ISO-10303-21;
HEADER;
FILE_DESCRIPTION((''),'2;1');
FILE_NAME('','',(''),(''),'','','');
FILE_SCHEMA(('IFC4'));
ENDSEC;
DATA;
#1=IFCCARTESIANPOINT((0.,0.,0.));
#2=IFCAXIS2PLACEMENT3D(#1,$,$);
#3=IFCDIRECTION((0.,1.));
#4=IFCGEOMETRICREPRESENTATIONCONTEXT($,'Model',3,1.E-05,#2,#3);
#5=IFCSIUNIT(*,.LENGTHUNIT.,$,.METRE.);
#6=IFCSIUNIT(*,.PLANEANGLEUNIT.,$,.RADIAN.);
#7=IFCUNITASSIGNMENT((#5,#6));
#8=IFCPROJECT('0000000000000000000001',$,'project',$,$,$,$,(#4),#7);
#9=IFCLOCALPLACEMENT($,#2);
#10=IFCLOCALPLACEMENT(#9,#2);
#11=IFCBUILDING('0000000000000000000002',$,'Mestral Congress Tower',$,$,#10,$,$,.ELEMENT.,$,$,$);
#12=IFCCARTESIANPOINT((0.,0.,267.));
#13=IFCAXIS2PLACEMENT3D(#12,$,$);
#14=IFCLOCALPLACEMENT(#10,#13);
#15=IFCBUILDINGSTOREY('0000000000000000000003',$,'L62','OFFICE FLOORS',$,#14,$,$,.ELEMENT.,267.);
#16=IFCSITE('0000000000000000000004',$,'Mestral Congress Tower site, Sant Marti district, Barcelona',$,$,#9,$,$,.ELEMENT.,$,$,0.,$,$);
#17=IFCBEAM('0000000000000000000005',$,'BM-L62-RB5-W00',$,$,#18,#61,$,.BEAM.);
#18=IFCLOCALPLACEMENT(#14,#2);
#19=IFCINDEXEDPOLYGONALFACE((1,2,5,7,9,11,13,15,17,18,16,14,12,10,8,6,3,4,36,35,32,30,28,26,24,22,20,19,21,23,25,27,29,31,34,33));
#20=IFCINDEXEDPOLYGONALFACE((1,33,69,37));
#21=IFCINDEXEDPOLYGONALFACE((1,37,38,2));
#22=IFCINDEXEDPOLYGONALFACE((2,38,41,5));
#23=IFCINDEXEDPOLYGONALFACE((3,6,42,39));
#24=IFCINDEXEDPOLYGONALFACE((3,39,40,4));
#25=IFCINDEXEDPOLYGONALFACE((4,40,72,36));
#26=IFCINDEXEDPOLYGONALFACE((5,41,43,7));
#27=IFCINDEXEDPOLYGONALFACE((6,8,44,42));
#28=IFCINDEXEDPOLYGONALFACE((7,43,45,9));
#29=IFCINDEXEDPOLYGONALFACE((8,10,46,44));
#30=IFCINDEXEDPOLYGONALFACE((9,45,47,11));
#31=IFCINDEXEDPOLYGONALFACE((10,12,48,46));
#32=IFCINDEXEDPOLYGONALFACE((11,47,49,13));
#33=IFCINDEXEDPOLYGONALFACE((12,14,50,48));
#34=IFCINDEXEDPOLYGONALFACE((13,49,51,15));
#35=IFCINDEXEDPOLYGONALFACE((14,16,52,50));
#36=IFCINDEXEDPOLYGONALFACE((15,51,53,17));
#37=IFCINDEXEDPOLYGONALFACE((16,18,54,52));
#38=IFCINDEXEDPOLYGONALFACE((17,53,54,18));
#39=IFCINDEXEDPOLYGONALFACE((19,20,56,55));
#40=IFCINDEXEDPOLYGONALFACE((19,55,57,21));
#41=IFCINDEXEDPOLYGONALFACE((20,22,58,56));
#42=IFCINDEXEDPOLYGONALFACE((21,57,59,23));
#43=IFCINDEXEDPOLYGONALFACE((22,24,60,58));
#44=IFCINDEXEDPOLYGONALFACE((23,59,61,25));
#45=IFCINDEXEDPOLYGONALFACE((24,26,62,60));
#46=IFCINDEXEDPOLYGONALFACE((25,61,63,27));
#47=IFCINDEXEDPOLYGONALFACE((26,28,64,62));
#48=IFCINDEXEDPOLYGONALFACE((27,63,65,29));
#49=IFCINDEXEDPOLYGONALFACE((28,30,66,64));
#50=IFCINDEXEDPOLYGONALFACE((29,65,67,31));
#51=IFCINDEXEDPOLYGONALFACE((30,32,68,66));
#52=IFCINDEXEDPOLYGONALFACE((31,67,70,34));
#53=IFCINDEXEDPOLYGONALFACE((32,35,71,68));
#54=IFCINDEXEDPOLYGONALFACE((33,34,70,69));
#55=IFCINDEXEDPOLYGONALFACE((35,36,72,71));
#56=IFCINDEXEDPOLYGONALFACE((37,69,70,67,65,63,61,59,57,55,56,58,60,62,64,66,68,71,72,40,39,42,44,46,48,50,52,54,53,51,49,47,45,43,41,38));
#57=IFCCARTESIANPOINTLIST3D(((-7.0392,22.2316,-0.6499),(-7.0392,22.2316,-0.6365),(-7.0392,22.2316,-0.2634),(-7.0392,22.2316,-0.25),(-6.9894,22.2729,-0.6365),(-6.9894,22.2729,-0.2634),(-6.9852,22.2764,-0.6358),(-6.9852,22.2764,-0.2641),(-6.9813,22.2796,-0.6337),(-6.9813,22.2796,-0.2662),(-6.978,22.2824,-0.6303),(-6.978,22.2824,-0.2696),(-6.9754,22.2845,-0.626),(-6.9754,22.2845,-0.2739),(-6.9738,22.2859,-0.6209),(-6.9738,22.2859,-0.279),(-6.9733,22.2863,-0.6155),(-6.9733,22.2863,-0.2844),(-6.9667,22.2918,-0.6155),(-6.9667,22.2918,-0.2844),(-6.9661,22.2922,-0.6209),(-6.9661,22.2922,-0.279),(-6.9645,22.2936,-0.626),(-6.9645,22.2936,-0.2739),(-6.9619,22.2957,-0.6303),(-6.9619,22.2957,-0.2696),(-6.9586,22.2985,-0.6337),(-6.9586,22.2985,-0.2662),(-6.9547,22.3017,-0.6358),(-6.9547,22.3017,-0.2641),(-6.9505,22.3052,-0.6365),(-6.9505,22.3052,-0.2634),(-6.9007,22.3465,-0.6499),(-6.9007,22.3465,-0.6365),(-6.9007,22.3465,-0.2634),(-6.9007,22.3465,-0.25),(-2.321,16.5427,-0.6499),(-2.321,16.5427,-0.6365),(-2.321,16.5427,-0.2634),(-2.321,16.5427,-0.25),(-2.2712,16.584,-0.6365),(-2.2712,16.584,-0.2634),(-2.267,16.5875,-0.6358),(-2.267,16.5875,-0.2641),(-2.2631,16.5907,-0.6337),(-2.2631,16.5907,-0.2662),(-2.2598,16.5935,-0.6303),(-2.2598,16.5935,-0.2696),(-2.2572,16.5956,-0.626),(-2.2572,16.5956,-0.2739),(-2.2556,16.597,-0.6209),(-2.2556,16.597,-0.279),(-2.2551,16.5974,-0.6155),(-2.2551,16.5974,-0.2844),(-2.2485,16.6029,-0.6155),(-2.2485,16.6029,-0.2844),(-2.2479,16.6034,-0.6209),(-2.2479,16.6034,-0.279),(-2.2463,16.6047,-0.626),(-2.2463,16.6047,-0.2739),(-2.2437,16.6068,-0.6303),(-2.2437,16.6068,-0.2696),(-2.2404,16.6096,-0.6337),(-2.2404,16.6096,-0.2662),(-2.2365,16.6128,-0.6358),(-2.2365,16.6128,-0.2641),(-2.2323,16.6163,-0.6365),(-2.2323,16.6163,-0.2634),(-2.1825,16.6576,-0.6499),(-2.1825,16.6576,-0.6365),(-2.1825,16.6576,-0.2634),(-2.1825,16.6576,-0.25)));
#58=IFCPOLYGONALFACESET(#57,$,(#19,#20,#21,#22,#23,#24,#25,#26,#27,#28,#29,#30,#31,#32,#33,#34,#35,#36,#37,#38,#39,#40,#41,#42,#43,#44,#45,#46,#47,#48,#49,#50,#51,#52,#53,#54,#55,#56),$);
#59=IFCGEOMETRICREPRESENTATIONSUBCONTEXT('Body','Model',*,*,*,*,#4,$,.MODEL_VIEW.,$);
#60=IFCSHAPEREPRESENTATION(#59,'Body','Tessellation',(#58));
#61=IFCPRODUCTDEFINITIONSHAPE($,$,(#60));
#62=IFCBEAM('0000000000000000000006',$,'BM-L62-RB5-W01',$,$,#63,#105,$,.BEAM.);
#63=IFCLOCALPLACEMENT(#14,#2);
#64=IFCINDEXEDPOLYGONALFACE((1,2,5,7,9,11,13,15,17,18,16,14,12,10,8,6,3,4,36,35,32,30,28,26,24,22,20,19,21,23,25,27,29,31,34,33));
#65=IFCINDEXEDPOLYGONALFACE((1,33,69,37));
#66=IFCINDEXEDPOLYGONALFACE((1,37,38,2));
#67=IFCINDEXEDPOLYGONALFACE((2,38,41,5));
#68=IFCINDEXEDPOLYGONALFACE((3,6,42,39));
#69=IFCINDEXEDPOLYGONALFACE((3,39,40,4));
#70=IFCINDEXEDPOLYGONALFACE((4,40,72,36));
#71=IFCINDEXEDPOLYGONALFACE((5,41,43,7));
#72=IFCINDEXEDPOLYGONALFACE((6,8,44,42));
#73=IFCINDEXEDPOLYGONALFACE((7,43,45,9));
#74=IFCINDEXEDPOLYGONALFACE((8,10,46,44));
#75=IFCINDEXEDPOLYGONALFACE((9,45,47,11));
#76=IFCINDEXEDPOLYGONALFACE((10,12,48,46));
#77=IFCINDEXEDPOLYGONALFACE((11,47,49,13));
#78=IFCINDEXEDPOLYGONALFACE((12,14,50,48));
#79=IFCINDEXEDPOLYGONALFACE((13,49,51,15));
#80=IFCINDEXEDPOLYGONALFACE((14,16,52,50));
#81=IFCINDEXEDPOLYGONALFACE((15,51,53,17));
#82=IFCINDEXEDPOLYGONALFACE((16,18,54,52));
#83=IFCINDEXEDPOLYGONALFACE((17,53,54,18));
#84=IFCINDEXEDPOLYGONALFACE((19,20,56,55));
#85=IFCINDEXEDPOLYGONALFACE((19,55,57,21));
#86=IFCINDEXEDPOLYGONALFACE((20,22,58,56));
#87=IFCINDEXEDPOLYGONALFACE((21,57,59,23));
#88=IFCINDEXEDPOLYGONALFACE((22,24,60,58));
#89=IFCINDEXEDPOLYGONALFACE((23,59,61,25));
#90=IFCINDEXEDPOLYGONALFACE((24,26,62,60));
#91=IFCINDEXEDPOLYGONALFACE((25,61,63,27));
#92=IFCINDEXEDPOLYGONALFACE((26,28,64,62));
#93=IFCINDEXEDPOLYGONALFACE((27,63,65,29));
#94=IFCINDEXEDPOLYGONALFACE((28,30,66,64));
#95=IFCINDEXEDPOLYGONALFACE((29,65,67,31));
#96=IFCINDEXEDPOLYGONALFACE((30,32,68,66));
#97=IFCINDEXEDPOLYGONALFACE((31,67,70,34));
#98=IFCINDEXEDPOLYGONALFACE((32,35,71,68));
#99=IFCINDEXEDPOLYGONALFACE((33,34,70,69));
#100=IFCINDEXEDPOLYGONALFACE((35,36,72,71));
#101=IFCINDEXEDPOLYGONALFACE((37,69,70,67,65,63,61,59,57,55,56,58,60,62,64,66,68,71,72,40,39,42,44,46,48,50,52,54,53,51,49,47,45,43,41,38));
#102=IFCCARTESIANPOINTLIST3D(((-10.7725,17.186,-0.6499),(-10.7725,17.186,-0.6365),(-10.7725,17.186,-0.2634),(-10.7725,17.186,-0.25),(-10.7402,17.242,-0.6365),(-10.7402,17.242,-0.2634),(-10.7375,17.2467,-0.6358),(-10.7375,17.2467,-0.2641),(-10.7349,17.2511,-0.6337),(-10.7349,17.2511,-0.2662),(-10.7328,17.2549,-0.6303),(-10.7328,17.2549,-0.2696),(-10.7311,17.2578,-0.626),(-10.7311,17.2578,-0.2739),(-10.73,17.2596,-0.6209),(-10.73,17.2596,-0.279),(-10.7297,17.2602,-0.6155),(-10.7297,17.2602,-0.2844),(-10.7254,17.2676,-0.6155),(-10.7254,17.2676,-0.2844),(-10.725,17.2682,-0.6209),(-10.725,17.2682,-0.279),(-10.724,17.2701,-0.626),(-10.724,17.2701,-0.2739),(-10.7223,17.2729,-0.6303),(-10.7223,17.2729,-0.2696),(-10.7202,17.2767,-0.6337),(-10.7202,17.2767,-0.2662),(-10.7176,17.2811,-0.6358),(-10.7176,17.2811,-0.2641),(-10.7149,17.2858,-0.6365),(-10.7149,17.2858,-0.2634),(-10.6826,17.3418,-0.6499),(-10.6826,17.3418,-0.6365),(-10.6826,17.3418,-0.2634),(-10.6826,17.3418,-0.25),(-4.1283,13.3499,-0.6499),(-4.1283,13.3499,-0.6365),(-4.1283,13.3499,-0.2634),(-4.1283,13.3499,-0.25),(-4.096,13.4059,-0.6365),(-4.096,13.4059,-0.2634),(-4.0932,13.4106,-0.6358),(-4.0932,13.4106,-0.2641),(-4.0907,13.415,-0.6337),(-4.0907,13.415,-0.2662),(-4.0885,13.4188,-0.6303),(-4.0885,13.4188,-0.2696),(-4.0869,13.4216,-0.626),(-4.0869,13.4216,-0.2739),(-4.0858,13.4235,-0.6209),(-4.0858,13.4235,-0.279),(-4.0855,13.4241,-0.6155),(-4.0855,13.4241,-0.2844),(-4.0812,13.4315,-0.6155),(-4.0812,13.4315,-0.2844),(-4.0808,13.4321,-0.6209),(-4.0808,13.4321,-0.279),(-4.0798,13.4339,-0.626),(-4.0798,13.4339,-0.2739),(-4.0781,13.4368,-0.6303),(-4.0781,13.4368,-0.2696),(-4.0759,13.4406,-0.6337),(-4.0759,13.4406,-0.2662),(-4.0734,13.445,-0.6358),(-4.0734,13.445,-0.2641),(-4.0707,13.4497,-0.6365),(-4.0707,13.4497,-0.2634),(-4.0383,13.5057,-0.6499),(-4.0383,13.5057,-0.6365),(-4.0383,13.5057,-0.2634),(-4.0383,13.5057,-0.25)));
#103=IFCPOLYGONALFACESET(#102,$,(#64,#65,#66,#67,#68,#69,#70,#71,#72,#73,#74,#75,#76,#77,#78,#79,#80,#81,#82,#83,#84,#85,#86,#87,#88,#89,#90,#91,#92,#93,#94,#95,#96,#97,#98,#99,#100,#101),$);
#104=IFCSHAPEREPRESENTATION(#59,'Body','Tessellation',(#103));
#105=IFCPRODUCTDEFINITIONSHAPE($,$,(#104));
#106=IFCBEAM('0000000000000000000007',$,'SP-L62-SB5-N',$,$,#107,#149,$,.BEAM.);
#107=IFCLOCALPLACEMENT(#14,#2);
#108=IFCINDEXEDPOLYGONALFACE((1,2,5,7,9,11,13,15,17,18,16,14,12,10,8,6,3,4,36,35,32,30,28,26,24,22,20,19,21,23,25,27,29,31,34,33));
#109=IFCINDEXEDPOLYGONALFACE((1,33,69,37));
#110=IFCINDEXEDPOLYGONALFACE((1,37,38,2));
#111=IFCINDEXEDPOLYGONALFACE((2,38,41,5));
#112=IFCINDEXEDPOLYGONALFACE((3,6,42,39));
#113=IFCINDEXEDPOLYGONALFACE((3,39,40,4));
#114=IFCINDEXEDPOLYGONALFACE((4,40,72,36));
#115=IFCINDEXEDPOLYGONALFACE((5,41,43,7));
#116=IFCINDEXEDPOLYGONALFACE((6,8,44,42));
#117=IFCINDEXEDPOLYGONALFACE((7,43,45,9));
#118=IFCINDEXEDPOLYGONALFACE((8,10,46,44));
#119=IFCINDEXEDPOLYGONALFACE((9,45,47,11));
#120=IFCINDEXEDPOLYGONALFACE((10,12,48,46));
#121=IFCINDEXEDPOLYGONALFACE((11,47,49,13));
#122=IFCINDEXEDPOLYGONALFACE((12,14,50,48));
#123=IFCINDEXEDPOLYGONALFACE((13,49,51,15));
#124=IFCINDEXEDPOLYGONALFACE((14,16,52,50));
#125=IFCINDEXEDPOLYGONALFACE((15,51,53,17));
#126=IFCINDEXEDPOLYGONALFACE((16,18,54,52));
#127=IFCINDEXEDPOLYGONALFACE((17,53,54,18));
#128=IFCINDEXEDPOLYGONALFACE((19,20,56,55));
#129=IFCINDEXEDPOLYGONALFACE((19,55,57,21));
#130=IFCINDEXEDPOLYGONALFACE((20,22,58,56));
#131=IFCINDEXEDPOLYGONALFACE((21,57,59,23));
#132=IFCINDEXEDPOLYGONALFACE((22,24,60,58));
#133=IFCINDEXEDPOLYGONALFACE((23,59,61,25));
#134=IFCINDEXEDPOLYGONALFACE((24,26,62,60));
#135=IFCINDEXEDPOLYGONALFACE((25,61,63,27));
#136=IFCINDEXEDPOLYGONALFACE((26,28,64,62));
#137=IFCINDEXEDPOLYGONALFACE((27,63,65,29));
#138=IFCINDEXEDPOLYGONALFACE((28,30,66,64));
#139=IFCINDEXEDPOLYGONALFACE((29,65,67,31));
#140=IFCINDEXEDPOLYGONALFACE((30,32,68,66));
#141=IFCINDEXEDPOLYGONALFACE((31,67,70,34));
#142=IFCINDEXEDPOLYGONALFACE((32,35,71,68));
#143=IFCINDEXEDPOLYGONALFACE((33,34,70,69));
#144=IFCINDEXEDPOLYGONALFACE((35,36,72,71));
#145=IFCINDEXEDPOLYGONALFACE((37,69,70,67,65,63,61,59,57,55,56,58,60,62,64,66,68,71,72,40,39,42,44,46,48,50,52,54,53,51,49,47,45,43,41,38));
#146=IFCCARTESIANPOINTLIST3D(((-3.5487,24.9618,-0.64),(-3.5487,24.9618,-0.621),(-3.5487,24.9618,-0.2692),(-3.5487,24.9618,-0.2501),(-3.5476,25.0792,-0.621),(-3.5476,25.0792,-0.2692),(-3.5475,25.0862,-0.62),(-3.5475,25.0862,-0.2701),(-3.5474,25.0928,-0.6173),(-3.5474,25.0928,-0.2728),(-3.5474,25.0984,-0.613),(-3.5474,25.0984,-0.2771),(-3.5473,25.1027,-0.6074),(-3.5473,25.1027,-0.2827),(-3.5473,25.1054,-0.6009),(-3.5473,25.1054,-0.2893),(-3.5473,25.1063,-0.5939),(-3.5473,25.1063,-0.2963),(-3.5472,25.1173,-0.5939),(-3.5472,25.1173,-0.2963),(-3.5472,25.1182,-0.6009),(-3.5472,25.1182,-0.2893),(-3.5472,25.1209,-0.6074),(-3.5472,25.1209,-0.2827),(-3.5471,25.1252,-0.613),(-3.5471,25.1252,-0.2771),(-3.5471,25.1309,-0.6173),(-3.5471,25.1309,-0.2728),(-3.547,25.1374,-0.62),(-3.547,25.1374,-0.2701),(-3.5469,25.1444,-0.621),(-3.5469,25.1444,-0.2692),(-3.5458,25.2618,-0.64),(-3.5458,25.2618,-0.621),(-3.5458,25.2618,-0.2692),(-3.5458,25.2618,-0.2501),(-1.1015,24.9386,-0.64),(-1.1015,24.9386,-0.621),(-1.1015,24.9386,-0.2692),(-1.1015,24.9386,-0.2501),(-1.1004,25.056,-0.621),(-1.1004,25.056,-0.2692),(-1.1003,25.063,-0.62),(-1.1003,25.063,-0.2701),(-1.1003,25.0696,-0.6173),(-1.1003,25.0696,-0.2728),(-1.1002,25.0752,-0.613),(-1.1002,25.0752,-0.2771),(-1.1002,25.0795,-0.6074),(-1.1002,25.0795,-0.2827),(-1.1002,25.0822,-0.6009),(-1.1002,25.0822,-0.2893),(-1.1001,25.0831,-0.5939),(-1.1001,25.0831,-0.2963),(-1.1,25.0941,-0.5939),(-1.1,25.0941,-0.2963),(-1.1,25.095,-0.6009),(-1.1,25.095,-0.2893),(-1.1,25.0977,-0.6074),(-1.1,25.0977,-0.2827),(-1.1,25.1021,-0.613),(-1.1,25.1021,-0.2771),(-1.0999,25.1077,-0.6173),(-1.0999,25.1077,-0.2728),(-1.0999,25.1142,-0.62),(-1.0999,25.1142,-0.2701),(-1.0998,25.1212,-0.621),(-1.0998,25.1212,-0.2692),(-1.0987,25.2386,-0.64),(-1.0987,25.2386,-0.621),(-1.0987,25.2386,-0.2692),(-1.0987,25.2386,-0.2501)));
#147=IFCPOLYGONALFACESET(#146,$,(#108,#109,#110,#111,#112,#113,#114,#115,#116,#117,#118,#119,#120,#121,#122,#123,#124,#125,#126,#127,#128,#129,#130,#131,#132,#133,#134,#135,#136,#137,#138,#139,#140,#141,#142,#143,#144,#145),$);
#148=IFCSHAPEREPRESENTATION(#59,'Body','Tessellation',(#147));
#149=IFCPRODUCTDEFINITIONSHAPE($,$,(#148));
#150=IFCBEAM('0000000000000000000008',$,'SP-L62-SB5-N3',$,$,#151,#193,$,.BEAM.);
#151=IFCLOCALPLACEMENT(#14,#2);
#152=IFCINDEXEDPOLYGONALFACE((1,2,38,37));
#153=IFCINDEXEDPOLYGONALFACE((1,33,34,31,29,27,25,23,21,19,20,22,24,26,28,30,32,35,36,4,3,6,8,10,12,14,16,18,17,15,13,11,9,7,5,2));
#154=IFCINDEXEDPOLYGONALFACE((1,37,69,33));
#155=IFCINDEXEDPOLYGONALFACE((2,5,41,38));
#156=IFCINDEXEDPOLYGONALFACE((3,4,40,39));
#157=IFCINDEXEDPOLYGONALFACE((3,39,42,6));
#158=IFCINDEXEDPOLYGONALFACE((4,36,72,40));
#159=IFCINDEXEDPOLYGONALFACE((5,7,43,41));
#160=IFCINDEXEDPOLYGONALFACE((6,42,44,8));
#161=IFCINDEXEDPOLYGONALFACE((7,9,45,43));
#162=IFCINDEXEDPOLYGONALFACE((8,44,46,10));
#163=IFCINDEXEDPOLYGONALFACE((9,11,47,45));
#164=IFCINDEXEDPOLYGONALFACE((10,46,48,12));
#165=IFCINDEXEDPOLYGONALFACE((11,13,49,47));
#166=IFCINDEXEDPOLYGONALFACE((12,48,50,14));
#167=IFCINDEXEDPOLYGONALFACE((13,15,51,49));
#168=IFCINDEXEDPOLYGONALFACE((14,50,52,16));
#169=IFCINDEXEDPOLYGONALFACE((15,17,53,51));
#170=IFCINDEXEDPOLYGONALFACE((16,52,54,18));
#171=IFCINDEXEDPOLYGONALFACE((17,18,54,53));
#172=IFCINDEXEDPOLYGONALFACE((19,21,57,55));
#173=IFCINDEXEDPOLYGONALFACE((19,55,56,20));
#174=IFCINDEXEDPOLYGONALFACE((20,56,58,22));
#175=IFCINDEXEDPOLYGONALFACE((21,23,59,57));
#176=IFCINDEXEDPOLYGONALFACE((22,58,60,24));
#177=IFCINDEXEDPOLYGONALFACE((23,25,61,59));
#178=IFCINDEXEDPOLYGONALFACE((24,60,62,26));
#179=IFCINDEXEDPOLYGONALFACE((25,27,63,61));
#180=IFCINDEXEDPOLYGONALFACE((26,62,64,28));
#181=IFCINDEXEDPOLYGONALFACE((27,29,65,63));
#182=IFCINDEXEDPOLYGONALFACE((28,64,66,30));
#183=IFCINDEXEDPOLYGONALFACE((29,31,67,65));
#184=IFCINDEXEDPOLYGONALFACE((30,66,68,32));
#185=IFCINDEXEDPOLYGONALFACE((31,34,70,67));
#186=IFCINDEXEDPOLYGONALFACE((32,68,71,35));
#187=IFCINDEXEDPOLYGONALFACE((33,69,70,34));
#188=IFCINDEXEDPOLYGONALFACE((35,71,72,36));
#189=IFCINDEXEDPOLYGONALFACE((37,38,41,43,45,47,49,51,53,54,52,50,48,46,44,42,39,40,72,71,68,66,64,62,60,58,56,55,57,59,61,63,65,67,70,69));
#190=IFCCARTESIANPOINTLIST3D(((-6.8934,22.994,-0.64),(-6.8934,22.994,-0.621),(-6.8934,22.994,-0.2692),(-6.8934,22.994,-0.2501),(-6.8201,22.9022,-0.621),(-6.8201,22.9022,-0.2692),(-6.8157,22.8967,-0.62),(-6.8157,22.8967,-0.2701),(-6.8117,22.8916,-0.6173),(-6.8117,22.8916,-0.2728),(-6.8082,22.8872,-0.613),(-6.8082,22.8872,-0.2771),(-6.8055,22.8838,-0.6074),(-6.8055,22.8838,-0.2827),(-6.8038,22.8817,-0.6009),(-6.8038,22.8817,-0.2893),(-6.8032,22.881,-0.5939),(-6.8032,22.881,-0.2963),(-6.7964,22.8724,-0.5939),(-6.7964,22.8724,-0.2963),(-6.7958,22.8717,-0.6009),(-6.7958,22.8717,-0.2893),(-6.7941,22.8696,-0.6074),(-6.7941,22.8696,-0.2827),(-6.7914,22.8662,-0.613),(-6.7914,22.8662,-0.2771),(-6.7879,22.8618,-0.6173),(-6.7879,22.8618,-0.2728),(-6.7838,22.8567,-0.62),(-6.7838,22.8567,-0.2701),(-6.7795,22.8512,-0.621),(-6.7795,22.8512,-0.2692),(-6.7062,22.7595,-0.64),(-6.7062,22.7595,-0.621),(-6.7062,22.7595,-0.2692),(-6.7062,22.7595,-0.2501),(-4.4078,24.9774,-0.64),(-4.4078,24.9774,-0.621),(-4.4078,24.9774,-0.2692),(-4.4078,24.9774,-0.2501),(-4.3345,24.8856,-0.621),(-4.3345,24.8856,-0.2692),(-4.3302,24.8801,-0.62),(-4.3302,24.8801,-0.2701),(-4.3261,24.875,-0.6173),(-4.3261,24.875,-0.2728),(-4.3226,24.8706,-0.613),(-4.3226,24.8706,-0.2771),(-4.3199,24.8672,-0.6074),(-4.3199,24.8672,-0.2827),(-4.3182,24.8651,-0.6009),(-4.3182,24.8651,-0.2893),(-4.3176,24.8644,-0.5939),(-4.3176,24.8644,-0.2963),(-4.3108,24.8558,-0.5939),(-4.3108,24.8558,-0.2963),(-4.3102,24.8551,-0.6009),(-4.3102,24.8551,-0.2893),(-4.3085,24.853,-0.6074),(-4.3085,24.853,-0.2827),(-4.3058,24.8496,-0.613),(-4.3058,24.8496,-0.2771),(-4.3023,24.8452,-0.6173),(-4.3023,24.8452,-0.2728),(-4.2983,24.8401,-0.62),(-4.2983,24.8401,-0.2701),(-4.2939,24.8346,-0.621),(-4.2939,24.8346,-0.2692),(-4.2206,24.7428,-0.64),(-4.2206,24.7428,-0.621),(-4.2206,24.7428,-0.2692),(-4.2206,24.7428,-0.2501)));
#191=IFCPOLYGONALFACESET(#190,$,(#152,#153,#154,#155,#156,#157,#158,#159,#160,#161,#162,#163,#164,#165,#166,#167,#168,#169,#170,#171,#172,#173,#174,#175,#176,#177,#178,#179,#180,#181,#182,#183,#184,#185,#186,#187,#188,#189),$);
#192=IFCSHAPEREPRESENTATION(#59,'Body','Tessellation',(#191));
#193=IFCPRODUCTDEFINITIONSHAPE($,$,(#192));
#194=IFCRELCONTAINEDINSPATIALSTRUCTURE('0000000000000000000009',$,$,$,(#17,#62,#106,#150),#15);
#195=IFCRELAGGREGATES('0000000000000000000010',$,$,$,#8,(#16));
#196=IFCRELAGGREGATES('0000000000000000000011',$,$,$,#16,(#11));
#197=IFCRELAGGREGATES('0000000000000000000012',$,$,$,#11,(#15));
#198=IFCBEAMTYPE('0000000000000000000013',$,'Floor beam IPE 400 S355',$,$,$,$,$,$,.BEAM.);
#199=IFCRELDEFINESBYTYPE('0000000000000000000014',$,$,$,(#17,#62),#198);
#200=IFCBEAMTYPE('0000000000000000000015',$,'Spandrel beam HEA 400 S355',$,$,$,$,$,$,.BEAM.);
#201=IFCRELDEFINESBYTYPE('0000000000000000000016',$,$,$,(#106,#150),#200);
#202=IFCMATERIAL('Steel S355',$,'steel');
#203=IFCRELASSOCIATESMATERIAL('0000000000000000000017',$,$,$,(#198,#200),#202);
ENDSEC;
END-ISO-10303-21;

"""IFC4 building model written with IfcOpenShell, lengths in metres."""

from ifc_helpers import new_model, si_unit, direction, frame, origin, origin_2d, place, context, subcontext, project, spatial, i_section, extrude, material, material_profile, profile_set, type_object, element, save


model = new_model("IFC4")

# Units and contexts
model_context = context("Model", 3, precision=1e-05, world=origin(), true_north=direction((0.0, 1.0)))
body_context = subcontext(model_context, "Body", "Model", "MODEL_VIEW")
ifc_project = project(units=[si_unit("LENGTHUNIT", "METRE"), si_unit("PLANEANGLEUNIT", "RADIAN")], contexts=[model_context])

# Site, building, storey
site_placement = place(None, origin())
site = spatial("IfcSite", under=ifc_project, at=site_placement, Name="Mestral Congress Tower site, Sant Marti district, Barcelona", CompositionType="ELEMENT", RefElevation=0.0)
building_placement = place(site_placement, origin())
building = spatial("IfcBuilding", under=site, at=building_placement, Name="Mestral Congress Tower", CompositionType="ELEMENT")
storey_placement = place(building_placement, frame((0.0, 0.0, 267.0)))
storey = spatial("IfcBuildingStorey", under=building, at=storey_placement, Name="L62", Description="OFFICE FLOORS", CompositionType="ELEMENT", Elevation=267.0)

# Beams
ifc_material_1 = material(Name="Steel S355", Category="steel")
ifc_material_profile_1 = material_profile(ifc_material_1, i_section(OverallWidth=0.1799, OverallDepth=0.3999, WebThickness=0.0085, FlangeThickness=0.0134, FilletRadius=0.021, at=origin_2d()), Name="IPE 400")
ifc_profile_set_1 = profile_set([ifc_material_profile_1], Name="Steel S355")
beam_type_1 = type_object("IfcBeamType", Name="Floor beam IPE 400 S355", PredefinedType="BEAM", material=ifc_profile_set_1)
beam_1_placement = place(storey_placement, frame((-6.97, 22.2891, -0.45), z_axis=(0.638383, -0.769719, 0.0), x_axis=(0.769719, 0.638383, 0.0)))
element("IfcBeam", 1, at=beam_1_placement, inside=storey, type_object=beam_type_1, Name="BM-L62-RB5-W00", PredefinedType="BEAM", context=body_context, shape_type="SweptSolid", body=[
    extrude(i_section(OverallWidth=0.1799, OverallDepth=0.3999, WebThickness=0.0085, FlangeThickness=0.0134, FilletRadius=0.021, at=origin_2d()), origin(), (0.0, 0.0, 1.0), 7.3909),
])
beam_2_placement = place(storey_placement, frame((-10.7275, 17.2639, -0.45), z_axis=(0.86602, -0.50001, 0.0), x_axis=(0.50001, 0.86602, 0.0)))
element("IfcBeam", 2, at=beam_2_placement, inside=storey, type_object=beam_type_1, Name="BM-L62-RB5-W01", PredefinedType="BEAM", context=body_context, shape_type="SweptSolid", body=[
    extrude(i_section(OverallWidth=0.1799, OverallDepth=0.3999, WebThickness=0.0085, FlangeThickness=0.0134, FilletRadius=0.021, at=origin_2d()), origin(), (0.0, 0.0, 1.0), 7.6721),
])
ifc_material_profile_2 = material_profile(ifc_material_1, i_section(OverallWidth=0.3, OverallDepth=0.3899, WebThickness=0.011, FlangeThickness=0.019, FilletRadius=0.0271, at=origin_2d()), Name="HEA 400")
ifc_profile_set_2 = profile_set([ifc_material_profile_2], Name="Steel S355")
beam_type_2 = type_object("IfcBeamType", Name="Spandrel beam HEA 400 S355", PredefinedType="BEAM", material=ifc_profile_set_2)
beam_3_placement = place(storey_placement, frame((-1.1001, 25.0886, -0.4451), z_axis=(-0.999955, 0.009477, 0.0), x_axis=(-0.009477, -0.999955, 0.0)))
element("IfcBeam", 3, at=beam_3_placement, inside=storey, type_object=beam_type_2, Name="SP-L62-SB5-N", PredefinedType="BEAM", context=body_context, shape_type="SweptSolid", body=[
    extrude(i_section(OverallWidth=0.3, OverallDepth=0.3899, WebThickness=0.011, FlangeThickness=0.019, FilletRadius=0.0271, at=origin_2d()), origin(), (0.0, 0.0, 1.0), 2.4473),
])
beam_4_placement = place(storey_placement, frame((-4.3142, 24.8601, -0.4451), z_axis=(-0.781647, -0.623721, 0.0), x_axis=(0.623721, -0.781647, 0.0)))
element("IfcBeam", 4, at=beam_4_placement, inside=storey, type_object=beam_type_2, Name="SP-L62-SB5-N3", PredefinedType="BEAM", context=body_context, shape_type="SweptSolid", body=[
    extrude(i_section(OverallWidth=0.3, OverallDepth=0.3899, WebThickness=0.011, FlangeThickness=0.019, FilletRadius=0.0271, at=origin_2d()), origin(), (0.0, 0.0, 1.0), 3.1799),
])

save(model, "model.ifc")
